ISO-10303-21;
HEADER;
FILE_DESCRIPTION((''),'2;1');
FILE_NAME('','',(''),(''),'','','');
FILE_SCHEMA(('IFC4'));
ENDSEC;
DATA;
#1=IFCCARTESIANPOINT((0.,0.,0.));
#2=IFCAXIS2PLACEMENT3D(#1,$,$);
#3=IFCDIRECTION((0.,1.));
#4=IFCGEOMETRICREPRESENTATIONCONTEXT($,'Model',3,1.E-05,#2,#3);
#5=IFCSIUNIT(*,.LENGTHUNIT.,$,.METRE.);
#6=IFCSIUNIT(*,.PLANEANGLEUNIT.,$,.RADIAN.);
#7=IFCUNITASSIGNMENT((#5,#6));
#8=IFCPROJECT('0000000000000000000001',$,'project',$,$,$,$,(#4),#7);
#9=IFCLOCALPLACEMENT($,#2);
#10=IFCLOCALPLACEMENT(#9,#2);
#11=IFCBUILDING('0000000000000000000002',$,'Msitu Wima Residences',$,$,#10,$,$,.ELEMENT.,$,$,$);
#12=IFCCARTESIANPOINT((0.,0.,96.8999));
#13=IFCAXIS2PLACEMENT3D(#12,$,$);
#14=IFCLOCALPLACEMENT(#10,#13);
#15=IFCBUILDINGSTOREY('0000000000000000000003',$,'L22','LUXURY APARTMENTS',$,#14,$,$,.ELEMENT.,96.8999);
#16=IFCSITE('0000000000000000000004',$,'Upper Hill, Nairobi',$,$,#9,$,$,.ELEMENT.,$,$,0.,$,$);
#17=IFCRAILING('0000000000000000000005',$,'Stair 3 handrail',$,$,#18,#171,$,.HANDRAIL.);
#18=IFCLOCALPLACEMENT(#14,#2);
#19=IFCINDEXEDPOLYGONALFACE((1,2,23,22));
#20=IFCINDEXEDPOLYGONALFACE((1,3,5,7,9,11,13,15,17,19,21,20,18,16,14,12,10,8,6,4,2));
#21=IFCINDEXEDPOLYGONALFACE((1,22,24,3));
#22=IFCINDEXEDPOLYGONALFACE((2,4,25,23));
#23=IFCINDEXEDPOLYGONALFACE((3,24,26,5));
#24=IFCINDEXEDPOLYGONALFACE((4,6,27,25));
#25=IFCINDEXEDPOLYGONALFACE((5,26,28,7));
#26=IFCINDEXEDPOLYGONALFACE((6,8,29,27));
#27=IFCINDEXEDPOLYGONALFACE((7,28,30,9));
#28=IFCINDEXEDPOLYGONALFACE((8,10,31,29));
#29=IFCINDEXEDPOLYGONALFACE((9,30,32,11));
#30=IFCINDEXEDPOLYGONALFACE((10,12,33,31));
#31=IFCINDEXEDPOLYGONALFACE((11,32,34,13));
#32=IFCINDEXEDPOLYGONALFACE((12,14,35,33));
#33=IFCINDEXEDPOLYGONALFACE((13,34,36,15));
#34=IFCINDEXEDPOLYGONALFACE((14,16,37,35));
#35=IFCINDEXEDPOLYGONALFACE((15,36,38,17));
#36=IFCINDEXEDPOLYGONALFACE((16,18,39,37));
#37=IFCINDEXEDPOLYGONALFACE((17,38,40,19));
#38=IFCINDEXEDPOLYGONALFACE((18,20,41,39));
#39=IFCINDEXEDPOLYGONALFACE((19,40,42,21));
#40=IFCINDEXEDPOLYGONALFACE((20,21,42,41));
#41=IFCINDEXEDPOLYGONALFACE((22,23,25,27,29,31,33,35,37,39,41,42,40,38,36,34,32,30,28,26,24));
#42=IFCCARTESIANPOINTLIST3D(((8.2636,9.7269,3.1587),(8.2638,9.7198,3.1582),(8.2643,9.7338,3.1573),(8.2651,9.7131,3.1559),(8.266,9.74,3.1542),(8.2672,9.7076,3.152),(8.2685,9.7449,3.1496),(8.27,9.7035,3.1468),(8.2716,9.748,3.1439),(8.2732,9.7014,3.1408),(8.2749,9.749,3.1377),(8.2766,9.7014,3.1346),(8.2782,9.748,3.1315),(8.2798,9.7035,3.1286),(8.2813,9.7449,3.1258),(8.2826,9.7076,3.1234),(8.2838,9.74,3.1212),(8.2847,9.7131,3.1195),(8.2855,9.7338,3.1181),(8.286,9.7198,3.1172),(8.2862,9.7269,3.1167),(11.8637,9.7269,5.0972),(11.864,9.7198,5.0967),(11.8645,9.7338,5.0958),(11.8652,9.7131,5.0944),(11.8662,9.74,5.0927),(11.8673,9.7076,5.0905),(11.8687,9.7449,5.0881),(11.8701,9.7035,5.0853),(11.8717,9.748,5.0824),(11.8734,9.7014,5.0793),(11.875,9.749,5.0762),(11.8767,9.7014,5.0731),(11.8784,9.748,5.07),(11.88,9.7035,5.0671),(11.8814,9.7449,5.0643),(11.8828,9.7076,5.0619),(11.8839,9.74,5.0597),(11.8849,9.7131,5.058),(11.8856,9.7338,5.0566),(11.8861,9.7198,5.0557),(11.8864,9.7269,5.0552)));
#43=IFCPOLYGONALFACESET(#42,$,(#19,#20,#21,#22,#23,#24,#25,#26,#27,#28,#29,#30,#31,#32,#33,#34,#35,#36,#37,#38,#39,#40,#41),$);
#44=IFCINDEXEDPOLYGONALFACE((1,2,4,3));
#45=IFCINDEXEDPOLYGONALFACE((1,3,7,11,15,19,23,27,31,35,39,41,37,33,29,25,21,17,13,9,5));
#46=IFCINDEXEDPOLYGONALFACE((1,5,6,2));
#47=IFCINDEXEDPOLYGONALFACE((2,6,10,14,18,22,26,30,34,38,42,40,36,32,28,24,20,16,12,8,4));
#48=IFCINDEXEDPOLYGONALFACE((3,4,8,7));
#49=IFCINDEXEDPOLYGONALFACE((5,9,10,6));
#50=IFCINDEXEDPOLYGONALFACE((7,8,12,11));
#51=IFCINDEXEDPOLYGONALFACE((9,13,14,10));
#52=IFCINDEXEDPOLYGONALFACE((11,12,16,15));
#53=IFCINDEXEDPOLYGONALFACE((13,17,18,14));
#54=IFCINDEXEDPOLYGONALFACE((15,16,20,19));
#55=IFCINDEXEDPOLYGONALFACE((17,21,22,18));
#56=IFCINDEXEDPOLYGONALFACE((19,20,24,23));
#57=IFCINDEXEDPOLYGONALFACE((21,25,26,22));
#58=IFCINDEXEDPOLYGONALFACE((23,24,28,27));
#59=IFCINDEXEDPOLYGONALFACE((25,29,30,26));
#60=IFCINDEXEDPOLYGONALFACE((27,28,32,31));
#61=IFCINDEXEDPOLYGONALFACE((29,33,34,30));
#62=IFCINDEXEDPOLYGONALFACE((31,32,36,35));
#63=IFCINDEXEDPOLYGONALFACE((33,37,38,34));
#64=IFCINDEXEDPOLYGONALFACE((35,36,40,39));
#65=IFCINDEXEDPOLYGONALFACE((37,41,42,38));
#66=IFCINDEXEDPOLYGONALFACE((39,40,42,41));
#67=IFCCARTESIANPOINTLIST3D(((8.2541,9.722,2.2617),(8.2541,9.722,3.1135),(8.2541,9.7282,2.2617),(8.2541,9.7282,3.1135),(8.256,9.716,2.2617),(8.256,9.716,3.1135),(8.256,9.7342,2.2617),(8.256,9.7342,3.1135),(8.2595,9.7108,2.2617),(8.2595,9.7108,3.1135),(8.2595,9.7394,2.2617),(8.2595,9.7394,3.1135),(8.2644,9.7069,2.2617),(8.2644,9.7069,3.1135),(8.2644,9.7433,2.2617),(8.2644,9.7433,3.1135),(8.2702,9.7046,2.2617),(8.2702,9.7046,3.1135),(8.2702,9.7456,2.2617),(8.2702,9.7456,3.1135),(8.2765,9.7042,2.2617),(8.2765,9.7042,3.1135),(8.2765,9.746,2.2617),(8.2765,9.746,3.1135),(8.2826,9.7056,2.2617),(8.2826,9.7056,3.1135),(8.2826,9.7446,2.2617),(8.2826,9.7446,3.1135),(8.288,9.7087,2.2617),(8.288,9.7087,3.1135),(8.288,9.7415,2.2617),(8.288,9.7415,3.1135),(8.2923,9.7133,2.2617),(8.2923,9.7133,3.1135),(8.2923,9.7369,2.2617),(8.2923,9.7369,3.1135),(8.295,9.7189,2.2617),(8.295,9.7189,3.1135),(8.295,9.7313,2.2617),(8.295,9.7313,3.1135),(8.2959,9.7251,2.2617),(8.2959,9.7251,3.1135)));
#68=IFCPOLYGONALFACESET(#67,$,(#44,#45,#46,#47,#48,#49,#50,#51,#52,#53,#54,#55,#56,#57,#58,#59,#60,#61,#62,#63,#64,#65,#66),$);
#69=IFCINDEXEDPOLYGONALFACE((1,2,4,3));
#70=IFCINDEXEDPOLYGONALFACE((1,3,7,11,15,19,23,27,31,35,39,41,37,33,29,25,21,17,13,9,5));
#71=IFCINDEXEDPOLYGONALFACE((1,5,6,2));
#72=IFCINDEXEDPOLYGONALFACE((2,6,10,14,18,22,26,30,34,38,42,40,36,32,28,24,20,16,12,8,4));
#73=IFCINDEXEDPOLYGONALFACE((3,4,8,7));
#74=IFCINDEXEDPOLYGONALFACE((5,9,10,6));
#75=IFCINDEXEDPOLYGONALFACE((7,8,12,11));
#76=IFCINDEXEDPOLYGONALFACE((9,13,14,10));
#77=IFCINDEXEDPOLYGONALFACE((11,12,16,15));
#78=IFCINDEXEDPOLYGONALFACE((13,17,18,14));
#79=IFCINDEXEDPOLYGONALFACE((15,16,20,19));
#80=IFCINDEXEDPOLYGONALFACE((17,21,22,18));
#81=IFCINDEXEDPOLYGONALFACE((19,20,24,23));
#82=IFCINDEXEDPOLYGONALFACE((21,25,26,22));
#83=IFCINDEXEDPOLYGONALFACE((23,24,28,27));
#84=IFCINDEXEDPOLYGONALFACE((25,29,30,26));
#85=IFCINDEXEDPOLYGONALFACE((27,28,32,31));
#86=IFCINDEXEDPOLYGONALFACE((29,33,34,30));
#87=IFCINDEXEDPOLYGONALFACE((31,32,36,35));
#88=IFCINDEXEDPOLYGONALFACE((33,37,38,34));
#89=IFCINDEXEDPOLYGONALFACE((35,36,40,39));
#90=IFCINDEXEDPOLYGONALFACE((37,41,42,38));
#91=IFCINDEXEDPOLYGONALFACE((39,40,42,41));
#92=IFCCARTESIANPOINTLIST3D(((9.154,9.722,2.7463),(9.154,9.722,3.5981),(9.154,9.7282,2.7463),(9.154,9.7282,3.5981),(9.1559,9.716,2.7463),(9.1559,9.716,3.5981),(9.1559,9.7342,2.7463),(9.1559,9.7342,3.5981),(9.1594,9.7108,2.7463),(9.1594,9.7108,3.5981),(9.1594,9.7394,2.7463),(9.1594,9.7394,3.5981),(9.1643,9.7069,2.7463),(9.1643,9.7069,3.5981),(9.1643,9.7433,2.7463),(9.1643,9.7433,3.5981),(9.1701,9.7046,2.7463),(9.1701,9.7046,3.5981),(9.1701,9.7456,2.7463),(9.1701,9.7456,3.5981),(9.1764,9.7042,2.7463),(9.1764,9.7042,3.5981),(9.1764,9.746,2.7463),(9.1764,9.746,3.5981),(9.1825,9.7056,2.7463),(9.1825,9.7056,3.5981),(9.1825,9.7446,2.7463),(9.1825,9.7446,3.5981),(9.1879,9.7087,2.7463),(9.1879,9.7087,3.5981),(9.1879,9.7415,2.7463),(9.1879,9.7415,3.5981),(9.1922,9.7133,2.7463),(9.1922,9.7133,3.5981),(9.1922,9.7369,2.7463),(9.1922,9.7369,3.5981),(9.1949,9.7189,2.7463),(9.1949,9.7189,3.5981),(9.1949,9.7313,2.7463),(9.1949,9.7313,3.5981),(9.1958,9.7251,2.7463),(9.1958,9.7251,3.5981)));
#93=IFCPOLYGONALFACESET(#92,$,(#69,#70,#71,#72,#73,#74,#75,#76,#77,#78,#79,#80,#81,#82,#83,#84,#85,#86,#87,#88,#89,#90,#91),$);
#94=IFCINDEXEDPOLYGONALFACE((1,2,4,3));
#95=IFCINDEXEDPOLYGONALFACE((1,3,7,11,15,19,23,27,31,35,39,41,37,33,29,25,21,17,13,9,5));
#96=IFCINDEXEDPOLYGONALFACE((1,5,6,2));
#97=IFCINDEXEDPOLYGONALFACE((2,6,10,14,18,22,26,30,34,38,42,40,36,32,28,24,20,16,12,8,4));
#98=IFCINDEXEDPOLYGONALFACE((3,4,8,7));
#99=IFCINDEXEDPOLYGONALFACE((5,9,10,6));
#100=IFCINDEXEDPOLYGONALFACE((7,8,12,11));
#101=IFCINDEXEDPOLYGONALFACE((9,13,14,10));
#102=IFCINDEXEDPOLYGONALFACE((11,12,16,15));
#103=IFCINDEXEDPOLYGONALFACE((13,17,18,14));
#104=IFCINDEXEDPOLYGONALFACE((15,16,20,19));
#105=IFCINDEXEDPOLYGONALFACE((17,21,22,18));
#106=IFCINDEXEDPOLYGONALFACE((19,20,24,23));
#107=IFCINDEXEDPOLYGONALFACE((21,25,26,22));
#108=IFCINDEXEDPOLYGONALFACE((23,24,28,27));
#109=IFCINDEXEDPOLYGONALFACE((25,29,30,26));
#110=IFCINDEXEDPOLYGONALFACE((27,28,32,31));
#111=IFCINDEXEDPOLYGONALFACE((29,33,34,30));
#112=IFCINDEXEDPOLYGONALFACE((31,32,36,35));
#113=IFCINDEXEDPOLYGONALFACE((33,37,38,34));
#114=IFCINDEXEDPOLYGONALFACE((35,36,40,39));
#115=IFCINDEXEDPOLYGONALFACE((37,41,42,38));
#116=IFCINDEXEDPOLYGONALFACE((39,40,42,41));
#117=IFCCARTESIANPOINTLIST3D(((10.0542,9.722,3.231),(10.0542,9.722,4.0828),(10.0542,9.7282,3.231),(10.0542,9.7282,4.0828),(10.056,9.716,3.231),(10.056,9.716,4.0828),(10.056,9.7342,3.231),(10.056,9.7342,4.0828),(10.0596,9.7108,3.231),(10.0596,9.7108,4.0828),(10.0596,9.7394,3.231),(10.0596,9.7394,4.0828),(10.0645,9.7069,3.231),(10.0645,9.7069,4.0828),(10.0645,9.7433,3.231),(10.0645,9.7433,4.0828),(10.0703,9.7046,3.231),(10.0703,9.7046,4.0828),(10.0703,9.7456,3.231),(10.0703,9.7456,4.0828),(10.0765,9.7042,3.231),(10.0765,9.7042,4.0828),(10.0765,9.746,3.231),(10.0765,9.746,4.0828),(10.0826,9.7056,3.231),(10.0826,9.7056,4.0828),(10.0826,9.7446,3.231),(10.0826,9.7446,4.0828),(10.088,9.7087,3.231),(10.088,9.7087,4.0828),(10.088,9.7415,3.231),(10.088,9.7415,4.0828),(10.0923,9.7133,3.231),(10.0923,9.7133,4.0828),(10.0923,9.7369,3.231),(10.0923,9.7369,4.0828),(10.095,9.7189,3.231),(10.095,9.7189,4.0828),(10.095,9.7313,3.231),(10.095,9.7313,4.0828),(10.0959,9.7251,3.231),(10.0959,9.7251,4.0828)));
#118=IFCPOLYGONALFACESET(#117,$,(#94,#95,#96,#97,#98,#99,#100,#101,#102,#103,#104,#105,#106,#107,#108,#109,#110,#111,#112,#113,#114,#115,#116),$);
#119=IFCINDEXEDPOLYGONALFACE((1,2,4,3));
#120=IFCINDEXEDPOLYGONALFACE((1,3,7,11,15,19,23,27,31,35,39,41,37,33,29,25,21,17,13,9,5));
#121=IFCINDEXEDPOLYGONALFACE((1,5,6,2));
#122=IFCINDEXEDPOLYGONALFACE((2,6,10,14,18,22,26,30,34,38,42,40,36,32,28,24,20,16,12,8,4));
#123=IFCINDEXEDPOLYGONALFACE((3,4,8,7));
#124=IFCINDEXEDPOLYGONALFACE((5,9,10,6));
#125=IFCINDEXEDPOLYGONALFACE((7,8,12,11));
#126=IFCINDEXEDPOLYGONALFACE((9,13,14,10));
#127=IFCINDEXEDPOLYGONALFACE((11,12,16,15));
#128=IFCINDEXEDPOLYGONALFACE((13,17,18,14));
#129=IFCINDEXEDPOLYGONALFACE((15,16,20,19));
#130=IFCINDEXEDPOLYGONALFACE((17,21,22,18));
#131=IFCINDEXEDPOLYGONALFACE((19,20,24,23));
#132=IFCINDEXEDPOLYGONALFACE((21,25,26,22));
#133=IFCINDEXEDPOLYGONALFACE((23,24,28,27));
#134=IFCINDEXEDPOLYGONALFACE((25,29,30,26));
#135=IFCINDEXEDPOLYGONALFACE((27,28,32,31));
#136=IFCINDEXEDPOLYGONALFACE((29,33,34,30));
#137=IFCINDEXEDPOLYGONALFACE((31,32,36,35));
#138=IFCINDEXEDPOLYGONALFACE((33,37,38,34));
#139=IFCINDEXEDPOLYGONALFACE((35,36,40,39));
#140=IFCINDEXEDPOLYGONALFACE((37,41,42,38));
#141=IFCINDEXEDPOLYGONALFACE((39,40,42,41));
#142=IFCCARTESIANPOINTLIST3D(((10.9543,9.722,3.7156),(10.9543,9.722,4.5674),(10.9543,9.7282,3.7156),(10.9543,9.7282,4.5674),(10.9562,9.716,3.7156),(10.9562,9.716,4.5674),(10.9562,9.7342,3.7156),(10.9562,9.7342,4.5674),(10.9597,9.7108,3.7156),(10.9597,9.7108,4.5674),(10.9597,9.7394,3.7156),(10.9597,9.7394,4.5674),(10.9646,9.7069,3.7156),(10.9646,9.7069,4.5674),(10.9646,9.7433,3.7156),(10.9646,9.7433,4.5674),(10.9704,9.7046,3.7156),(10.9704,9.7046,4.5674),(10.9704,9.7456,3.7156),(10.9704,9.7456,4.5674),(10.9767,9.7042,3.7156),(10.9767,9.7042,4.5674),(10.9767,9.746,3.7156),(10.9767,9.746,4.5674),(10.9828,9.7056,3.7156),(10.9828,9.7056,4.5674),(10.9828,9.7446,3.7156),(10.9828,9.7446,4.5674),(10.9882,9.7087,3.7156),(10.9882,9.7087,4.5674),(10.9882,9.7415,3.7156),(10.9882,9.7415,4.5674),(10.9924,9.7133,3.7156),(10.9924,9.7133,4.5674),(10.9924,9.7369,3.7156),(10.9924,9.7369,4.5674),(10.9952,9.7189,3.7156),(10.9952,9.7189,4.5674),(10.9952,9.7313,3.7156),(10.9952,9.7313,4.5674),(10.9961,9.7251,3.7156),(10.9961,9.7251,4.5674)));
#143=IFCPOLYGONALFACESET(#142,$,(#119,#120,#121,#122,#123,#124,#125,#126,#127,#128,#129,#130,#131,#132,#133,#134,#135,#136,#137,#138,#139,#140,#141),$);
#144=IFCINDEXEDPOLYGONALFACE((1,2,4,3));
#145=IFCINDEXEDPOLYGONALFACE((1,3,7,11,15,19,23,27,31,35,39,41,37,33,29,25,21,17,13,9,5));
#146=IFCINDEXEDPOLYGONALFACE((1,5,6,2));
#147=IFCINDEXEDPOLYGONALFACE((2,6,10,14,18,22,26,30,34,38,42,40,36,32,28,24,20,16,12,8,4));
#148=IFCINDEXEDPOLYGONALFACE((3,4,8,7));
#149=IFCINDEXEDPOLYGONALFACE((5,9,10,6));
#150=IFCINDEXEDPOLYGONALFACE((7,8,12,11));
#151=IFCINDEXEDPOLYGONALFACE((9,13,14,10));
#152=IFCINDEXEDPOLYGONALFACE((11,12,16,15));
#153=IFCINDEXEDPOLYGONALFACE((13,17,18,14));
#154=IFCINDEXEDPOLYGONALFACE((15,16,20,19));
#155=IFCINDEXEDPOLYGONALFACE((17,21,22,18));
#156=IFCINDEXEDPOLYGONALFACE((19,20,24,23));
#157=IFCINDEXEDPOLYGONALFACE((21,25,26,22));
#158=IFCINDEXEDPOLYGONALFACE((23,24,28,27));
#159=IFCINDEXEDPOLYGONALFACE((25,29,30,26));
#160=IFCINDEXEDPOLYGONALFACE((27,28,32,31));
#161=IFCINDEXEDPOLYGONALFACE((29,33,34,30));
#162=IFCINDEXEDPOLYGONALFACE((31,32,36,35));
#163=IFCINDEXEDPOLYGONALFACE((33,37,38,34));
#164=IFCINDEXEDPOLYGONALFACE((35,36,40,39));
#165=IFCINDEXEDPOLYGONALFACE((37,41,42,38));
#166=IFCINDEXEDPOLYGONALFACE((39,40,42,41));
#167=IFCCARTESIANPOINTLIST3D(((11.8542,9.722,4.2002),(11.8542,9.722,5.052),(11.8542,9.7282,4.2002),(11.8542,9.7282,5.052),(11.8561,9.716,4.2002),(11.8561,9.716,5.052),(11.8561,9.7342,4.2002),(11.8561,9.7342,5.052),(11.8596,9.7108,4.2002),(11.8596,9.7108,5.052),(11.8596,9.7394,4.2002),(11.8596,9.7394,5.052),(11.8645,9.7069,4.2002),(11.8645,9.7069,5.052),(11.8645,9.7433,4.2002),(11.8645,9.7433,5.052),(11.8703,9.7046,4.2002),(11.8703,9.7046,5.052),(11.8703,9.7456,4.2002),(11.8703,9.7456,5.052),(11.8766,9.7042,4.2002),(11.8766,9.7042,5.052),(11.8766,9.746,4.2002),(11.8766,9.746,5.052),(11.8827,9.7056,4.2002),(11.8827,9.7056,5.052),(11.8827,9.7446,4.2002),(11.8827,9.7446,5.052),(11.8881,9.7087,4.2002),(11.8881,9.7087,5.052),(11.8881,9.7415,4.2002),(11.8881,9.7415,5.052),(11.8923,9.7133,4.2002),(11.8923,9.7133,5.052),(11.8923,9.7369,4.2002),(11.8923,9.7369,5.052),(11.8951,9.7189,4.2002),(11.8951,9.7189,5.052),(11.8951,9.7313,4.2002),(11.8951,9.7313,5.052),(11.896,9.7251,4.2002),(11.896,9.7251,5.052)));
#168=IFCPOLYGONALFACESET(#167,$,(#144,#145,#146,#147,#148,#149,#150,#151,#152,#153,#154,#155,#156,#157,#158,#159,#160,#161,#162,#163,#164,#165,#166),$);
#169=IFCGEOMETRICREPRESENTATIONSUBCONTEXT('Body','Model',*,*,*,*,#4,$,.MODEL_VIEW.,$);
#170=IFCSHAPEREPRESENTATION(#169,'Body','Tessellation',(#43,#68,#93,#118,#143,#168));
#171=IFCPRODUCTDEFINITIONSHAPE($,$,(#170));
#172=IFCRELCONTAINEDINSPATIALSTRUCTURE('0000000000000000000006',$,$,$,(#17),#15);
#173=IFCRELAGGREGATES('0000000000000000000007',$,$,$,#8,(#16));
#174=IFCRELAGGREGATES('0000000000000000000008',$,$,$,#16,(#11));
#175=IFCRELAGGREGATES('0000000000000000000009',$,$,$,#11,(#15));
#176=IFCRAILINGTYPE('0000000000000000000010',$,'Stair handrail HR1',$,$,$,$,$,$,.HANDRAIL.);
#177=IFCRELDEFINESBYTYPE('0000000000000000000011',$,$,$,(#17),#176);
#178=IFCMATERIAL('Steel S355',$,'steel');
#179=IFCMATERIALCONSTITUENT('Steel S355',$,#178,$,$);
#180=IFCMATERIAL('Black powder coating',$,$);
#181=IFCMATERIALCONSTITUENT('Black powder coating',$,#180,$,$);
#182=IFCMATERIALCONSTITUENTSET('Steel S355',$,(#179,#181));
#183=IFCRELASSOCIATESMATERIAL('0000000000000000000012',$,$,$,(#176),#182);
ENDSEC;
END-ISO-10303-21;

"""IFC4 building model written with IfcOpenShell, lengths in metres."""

from ifc_helpers import new_model, si_unit, direction, frame, origin, origin_2d, place, context, subcontext, project, spatial, circle, extrude, material, constituent, constituent_set, type_object, element, save


model = new_model("IFC4")

# Units and contexts
model_context = context("Model", 3, precision=1e-05, world=origin(), true_north=direction((0.0, 1.0)))
body_context = subcontext(model_context, "Body", "Model", "MODEL_VIEW")
ifc_project = project(units=[si_unit("LENGTHUNIT", "METRE"), si_unit("PLANEANGLEUNIT", "RADIAN")], contexts=[model_context])

# Site, building, storey
site_placement = place(None, origin())
site = spatial("IfcSite", under=ifc_project, at=site_placement, Name="Upper Hill, Nairobi", CompositionType="ELEMENT", RefElevation=0.0)
building_placement = place(site_placement, origin())
building = spatial("IfcBuilding", under=site, at=building_placement, Name="Msitu Wima Residences", CompositionType="ELEMENT")
storey_placement = place(building_placement, frame((0.0, 0.0, 96.8999)))
storey = spatial("IfcBuildingStorey", under=building, at=storey_placement, Name="L22", Description="LUXURY APARTMENTS", CompositionType="ELEMENT", Elevation=96.8999)

# Railing
ifc_material_1 = material(Name="Steel S355", Category="steel")
ifc_constituent_1 = constituent(ifc_material_1, Name="Steel S355")
ifc_material_2 = material(Name="Black powder coating")
ifc_constituent_2 = constituent(ifc_material_2, Name="Black powder coating")
ifc_constituent_set = constituent_set(constituents=[ifc_constituent_1, ifc_constituent_2], Name="Steel S355")
railing_type = type_object("IfcRailingType", Name="Stair handrail HR1", PredefinedType="HANDRAIL", material=ifc_constituent_set)
for number, where, name in (
    (1, (8.2749, 9.7251, 2.2617), "Stair 3 handrail"),
):
    element("IfcRailing", number, at=place(storey_placement, frame(where)), inside=storey, type_object=railing_type, Name=name, PredefinedType="HANDRAIL", context=body_context, shape_type="SweptSolid", body=[
        extrude(circle(Radius=0.0239, at=origin_2d()), frame((0.0, 0.0, 0.876), z_axis=(0.880475, 0.0, 0.474093), x_axis=(0.0, 1.0, 0.0)), (0.0, 0.0, 1.0), 4.0889),
        extrude(circle(Radius=0.021, at=origin_2d()), origin(), (0.0, 0.0, 1.0), 0.8518),
        extrude(circle(Radius=0.021, at=origin_2d()), frame((0.8999, 0.0, 0.4846)), (0.0, 0.0, 1.0), 0.8518),
        extrude(circle(Radius=0.021, at=origin_2d()), frame((1.8, 0.0, 0.9692)), (0.0, 0.0, 1.0), 0.8518),
        extrude(circle(Radius=0.021, at=origin_2d()), frame((2.7002, 0.0, 1.4539)), (0.0, 0.0, 1.0), 0.8518),
        extrude(circle(Radius=0.021, at=origin_2d()), frame((3.6001, 0.0, 1.9385)), (0.0, 0.0, 1.0), 0.8518),
    ])

save(model, "model.ifc")
